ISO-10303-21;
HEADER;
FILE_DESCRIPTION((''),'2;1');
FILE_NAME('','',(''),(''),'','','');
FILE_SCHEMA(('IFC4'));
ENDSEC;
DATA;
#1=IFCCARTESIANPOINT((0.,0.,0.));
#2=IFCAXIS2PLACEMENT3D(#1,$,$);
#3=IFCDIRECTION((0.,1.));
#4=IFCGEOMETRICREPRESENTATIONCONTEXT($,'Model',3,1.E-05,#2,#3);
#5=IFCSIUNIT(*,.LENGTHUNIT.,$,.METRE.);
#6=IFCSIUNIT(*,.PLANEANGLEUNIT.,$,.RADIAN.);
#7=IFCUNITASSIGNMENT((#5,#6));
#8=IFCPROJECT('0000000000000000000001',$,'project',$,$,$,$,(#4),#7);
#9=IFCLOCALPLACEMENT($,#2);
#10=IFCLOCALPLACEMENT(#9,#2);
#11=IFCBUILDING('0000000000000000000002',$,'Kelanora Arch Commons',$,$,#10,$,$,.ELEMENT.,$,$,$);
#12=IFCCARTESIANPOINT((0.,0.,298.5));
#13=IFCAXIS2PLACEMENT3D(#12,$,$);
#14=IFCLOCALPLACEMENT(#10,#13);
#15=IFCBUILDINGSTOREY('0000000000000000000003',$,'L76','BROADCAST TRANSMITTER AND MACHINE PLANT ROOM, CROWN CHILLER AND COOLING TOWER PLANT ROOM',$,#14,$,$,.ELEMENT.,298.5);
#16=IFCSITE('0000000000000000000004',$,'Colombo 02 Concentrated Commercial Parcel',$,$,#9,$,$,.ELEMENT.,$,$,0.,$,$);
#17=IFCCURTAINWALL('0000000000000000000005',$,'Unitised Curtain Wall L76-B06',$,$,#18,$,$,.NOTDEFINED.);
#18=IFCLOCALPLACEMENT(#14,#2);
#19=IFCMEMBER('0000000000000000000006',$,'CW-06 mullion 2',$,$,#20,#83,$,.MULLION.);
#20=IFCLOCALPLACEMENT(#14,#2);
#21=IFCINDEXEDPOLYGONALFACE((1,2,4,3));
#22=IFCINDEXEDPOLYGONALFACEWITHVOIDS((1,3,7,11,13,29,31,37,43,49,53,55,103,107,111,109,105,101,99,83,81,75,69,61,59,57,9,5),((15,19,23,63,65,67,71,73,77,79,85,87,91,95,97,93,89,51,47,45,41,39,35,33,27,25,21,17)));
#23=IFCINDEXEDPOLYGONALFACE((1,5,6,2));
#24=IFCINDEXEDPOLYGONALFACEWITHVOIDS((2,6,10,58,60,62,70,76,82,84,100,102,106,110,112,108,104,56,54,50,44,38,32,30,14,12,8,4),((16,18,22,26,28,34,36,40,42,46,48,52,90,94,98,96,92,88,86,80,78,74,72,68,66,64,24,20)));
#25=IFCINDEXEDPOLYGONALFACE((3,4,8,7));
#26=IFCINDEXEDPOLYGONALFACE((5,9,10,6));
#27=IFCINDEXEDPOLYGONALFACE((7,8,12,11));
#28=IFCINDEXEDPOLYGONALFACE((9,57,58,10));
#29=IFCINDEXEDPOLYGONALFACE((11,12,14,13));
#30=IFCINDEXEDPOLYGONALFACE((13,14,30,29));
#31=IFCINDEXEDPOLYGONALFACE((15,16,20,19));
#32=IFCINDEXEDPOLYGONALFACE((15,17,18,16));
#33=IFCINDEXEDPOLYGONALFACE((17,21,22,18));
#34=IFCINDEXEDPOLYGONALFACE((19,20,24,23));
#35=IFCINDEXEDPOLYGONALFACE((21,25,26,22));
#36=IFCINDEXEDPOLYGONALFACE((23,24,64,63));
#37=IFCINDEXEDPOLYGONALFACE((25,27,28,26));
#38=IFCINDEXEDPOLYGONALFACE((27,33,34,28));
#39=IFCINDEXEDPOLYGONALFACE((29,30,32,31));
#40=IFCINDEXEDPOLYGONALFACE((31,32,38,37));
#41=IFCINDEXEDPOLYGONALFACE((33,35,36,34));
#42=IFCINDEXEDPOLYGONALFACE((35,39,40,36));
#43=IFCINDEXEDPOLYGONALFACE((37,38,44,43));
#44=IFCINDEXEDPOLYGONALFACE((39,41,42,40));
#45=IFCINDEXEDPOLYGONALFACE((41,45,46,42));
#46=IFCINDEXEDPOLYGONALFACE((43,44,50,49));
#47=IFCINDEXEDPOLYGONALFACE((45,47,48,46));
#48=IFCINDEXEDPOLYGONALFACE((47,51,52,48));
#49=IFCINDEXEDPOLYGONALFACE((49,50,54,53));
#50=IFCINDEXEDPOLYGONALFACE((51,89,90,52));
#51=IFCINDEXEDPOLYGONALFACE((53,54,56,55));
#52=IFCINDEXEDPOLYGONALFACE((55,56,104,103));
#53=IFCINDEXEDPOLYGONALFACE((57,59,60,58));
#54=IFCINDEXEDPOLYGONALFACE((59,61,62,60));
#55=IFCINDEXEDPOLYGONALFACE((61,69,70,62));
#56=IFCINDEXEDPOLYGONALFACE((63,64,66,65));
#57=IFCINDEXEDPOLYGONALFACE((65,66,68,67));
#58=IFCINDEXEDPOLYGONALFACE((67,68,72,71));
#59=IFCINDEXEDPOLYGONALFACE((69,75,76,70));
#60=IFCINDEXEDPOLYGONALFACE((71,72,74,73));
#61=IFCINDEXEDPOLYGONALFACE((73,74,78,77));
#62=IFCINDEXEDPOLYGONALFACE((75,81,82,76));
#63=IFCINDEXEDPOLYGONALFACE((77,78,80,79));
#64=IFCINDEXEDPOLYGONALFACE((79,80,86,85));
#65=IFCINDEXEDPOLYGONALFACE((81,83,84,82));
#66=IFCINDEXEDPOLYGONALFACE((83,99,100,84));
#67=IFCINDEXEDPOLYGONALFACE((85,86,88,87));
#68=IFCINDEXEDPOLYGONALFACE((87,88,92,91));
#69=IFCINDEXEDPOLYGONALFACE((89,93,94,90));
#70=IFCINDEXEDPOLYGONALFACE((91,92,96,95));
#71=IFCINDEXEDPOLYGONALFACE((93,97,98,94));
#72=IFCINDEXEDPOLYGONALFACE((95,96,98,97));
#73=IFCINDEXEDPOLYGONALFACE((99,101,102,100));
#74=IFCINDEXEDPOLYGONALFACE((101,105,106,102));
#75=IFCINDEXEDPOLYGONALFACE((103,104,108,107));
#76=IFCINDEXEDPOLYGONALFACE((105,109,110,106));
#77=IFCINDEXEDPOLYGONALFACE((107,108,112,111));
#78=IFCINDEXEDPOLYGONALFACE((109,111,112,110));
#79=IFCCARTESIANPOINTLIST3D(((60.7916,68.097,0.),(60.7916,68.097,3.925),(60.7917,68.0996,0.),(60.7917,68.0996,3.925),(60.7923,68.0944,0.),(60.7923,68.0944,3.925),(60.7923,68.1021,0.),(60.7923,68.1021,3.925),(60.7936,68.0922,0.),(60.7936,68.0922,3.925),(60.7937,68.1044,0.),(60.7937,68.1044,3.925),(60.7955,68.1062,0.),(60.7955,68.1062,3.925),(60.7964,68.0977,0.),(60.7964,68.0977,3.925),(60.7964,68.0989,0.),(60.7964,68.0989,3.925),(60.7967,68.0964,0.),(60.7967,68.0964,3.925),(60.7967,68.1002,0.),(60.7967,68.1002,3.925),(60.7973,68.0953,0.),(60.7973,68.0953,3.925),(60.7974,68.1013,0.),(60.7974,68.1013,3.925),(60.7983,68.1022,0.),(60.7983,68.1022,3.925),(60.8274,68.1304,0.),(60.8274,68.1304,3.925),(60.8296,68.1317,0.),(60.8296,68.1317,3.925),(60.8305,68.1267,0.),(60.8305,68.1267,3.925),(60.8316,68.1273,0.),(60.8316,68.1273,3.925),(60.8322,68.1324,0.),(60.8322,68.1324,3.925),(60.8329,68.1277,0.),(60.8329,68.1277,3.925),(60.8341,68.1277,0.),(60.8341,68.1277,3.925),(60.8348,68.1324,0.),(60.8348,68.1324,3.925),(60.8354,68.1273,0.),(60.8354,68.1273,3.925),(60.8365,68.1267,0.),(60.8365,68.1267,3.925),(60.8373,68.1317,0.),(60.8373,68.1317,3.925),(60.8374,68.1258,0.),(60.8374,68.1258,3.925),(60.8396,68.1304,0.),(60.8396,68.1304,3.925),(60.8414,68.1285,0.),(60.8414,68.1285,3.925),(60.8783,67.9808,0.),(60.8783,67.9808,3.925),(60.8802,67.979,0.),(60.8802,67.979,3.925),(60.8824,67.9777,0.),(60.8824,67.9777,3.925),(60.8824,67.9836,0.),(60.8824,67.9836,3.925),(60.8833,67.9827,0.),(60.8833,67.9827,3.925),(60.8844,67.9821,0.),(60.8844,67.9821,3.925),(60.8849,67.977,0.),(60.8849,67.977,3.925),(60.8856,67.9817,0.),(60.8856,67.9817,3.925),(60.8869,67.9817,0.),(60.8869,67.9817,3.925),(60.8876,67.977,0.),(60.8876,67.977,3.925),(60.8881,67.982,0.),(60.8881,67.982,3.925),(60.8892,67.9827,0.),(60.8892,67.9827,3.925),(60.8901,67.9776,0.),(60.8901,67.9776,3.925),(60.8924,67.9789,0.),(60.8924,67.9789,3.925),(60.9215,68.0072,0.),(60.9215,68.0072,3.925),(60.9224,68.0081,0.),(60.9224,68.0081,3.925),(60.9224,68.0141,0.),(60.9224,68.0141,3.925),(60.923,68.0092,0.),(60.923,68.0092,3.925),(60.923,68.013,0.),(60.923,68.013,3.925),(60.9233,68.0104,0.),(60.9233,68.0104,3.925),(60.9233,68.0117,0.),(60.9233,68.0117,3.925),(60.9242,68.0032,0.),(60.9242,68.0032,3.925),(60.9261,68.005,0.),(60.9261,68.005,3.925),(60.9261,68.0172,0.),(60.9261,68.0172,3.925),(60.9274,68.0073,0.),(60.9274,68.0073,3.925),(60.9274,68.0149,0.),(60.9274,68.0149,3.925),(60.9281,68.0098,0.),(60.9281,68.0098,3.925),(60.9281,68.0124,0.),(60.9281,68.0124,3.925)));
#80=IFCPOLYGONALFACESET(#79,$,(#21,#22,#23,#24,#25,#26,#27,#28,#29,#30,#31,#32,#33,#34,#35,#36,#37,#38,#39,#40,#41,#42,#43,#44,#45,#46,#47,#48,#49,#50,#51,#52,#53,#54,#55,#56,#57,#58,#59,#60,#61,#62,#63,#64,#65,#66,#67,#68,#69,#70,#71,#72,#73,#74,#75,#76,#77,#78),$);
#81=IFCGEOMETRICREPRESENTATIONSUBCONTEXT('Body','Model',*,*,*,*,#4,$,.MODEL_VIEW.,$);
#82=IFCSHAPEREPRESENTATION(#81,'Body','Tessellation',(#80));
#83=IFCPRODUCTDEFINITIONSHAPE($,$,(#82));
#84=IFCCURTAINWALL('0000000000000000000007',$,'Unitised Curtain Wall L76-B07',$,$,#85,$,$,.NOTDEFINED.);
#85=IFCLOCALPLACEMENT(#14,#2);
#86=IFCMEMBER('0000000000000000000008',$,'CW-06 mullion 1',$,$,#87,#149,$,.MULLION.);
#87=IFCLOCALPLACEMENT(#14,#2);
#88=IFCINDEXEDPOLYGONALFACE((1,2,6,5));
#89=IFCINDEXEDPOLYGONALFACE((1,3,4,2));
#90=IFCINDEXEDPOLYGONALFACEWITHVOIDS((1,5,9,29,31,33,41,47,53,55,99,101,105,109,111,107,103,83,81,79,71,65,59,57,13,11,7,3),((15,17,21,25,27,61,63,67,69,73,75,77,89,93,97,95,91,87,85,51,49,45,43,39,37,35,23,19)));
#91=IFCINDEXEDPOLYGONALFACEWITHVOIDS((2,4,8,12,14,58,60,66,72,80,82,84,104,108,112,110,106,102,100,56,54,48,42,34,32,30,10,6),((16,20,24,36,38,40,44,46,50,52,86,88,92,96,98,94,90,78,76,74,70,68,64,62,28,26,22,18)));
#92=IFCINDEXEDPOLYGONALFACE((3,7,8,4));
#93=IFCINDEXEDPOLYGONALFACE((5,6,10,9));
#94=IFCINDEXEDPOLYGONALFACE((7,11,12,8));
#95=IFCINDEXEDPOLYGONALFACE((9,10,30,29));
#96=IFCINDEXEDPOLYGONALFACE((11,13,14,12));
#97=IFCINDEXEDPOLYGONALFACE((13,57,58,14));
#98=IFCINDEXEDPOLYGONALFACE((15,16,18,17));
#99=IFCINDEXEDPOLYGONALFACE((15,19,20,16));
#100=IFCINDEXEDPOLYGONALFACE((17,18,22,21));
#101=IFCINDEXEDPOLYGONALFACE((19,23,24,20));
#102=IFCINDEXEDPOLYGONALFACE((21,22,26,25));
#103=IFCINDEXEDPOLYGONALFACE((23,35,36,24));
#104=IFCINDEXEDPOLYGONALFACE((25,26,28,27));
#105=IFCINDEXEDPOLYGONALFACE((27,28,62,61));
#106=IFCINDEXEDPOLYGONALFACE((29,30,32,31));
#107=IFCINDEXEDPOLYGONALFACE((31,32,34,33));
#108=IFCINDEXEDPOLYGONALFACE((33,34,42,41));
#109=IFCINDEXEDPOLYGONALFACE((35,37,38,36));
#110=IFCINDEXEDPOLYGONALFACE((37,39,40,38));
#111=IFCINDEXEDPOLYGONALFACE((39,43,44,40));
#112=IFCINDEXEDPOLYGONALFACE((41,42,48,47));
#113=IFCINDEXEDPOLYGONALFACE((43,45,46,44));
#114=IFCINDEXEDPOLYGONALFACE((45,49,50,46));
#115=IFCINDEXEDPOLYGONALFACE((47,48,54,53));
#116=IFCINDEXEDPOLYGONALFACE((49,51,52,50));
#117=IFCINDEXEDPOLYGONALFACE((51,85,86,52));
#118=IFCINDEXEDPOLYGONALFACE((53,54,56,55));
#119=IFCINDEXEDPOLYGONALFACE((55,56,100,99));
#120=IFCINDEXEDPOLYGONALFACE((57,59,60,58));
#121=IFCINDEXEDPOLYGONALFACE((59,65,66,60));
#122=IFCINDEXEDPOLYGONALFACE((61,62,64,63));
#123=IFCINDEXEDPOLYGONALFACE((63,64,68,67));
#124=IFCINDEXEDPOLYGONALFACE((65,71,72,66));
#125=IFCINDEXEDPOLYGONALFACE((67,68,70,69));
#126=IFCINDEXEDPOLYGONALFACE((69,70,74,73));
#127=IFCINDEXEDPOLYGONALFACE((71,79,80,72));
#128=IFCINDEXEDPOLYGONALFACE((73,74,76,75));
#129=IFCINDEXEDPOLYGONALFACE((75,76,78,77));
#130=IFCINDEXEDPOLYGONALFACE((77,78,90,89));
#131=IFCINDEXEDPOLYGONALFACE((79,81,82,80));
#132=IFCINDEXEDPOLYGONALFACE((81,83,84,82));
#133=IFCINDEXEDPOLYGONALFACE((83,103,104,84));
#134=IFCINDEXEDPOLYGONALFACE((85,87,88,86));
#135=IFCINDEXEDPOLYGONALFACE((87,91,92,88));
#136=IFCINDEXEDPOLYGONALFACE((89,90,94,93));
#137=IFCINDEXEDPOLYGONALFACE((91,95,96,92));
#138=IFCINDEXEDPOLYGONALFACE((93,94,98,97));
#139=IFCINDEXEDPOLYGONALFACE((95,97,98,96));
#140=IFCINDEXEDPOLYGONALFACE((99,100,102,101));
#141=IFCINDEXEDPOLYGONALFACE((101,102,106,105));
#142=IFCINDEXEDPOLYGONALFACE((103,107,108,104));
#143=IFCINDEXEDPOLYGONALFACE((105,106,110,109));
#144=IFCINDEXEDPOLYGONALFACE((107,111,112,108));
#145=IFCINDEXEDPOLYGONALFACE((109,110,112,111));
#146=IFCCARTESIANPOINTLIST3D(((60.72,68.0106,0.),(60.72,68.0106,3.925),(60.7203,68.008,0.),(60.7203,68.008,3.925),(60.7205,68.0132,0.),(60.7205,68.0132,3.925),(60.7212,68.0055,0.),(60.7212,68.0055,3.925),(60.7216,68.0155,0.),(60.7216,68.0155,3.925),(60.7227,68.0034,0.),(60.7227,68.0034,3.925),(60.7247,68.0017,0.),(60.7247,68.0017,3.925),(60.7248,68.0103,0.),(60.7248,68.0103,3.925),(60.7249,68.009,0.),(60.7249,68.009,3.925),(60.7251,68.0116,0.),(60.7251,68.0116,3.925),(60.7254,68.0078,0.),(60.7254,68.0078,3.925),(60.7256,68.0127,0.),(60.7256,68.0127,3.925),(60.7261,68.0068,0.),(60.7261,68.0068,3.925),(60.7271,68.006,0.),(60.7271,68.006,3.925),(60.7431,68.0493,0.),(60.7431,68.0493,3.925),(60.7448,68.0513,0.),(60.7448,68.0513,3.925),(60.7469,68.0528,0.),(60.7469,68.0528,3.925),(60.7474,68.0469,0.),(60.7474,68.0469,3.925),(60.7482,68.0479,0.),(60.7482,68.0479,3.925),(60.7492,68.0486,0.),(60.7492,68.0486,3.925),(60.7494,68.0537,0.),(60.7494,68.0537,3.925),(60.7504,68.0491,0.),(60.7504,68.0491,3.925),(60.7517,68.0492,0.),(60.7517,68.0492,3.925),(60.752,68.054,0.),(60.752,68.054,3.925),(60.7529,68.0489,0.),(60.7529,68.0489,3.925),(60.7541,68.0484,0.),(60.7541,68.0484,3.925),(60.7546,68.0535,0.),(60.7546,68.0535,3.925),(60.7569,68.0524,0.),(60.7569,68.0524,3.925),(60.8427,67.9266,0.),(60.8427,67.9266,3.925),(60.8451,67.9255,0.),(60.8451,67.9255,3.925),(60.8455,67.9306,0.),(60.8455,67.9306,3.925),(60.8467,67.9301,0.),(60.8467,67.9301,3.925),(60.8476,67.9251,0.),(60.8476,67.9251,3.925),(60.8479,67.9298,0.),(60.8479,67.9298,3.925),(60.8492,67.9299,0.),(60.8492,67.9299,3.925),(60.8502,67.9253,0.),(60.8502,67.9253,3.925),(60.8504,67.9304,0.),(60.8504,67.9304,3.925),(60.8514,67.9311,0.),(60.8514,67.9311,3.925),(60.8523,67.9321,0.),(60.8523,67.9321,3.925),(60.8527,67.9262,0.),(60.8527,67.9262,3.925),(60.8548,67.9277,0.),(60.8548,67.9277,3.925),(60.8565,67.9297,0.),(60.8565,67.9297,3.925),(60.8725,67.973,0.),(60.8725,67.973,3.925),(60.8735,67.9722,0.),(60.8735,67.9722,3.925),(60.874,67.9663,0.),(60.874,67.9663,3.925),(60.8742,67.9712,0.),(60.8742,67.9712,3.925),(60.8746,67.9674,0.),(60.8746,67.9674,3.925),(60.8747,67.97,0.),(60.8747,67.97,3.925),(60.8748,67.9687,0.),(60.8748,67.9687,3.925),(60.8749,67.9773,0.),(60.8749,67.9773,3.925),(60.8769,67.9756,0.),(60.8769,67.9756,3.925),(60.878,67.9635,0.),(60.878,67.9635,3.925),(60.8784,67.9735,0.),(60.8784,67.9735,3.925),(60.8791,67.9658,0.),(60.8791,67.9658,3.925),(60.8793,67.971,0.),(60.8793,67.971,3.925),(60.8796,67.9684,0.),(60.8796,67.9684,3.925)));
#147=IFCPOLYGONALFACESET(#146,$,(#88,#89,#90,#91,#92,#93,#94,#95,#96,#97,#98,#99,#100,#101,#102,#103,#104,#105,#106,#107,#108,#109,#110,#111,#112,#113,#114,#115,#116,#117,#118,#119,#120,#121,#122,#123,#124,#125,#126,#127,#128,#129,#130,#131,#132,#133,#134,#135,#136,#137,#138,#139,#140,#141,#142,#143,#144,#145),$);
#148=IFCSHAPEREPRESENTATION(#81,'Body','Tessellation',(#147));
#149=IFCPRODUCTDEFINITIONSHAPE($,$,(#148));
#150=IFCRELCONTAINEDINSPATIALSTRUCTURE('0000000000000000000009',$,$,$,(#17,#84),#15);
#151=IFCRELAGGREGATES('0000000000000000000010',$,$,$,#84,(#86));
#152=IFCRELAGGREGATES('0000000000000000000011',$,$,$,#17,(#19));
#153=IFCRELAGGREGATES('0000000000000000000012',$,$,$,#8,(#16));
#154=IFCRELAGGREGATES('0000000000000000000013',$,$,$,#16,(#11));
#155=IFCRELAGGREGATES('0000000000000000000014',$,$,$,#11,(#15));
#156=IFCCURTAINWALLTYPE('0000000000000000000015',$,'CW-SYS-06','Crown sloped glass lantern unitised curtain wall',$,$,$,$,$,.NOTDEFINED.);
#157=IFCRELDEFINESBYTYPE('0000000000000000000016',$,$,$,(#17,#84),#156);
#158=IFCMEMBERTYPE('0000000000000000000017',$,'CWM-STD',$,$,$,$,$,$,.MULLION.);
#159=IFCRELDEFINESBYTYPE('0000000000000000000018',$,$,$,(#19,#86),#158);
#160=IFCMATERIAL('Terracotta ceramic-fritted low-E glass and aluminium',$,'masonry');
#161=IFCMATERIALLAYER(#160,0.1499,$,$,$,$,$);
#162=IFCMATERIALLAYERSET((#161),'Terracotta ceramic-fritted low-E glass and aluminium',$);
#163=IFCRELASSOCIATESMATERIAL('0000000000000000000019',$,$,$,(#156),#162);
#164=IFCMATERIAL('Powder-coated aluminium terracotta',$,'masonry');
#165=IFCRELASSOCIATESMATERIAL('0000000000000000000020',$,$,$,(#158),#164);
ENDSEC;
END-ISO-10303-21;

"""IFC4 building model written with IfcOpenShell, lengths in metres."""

from ifc_helpers import new_model, si_unit, direction, frame, origin, origin_2d, place, context, subcontext, project, spatial, hollow_rectangle, extrude, material, layer, layer_set, material_profile, profile_set, type_object, element, aggregate, save


model = new_model("IFC4")

# Units and contexts
model_context = context("Model", 3, precision=1e-05, world=origin(), true_north=direction((0.0, 1.0)))
body_context = subcontext(model_context, "Body", "Model", "MODEL_VIEW")
ifc_project = project(units=[si_unit("LENGTHUNIT", "METRE"), si_unit("PLANEANGLEUNIT", "RADIAN")], contexts=[model_context])

# Site, building, storey
site_placement = place(None, origin())
site = spatial("IfcSite", under=ifc_project, at=site_placement, Name="Colombo 02 Concentrated Commercial Parcel", CompositionType="ELEMENT", RefElevation=0.0)
building_placement = place(site_placement, origin())
building = spatial("IfcBuilding", under=site, at=building_placement, Name="Kelanora Arch Commons", CompositionType="ELEMENT")
storey_placement = place(building_placement, frame((0.0, 0.0, 298.5)))
storey = spatial("IfcBuildingStorey", under=building, at=storey_placement, Name="L76", Description="BROADCAST TRANSMITTER AND MACHINE PLANT ROOM, CROWN CHILLER AND COOLING TOWER PLANT ROOM", CompositionType="ELEMENT", Elevation=298.5)

# Shared definitions
ifc_material_1 = material(Name="Terracotta ceramic-fritted low-E glass and aluminium", Category="masonry")
ifc_layer_1 = layer(ifc_material_1, 0.1499)
ifc_layer_set_1 = layer_set([ifc_layer_1], Name="Terracotta ceramic-fritted low-E glass and aluminium")
curtain_wall_type = type_object("IfcCurtainWallType", Name="CW-SYS-06", Description="Crown sloped glass lantern unitised curtain wall", PredefinedType="NOTDEFINED", material=ifc_layer_set_1)
ifc_material_2 = material(Name="Powder-coated aluminium terracotta", Category="masonry")
ifc_material_profile_1 = material_profile(ifc_material_2, hollow_rectangle(XDim=0.1599, YDim=0.0601, WallThickness=0.0049, InnerFilletRadius=0.0049, OuterFilletRadius=0.01, at=origin_2d()), Name="CWM160x60")
ifc_profile_set_1 = profile_set([ifc_material_profile_1], Name="Powder-coated aluminium terracotta")
member_type_1 = type_object("IfcMemberType", Name="CWM-STD", PredefinedType="MULLION", material=ifc_profile_set_1)

# Curtain wall, member
curtain_wall_1_placement = place(storey_placement, origin())
curtain_wall_1 = element("IfcCurtainWall", 1, at=curtain_wall_1_placement, inside=storey, type_object=curtain_wall_type, Name="Unitised Curtain Wall L76-B06", PredefinedType="NOTDEFINED")
member_1_placement = place(storey_placement, frame((60.8599, 68.0547, 0.0), z_axis=(0.0, 0.0, 1.0), x_axis=(0.605596, -0.795772, 0.0)))
member_1 = element("IfcMember", 2, at=member_1_placement, type_object=member_type_1, Name="CW-06 mullion 2", PredefinedType="MULLION", context=body_context, shape_type="SweptSolid", body=[
    extrude(hollow_rectangle(XDim=0.1599, YDim=0.0601, WallThickness=0.0049, InnerFilletRadius=0.0049, OuterFilletRadius=0.01, at=origin_2d()), origin(), (0.0, 0.0, 1.0), 3.925),
])

# Curtain wall, member
curtain_wall_2_placement = place(storey_placement, origin())
curtain_wall_2 = element("IfcCurtainWall", 3, at=curtain_wall_2_placement, inside=storey, type_object=curtain_wall_type, Name="Unitised Curtain Wall L76-B07", PredefinedType="NOTDEFINED")
member_2_placement = place(storey_placement, frame((60.7998, 67.9895, 0.0), z_axis=(0.0, 0.0, 1.0), x_axis=(0.843592, -0.536984, 0.0)))
member_2 = element("IfcMember", 4, at=member_2_placement, type_object=member_type_1, Name="CW-06 mullion 1", PredefinedType="MULLION", context=body_context, shape_type="SweptSolid", body=[
    extrude(hollow_rectangle(XDim=0.1599, YDim=0.0601, WallThickness=0.0049, InnerFilletRadius=0.0049, OuterFilletRadius=0.01, at=origin_2d()), origin(), (0.0, 0.0, 1.0), 3.925),
])

aggregate(curtain_wall_2, [member_2])
aggregate(curtain_wall_1, [member_1])

save(model, "model.ifc")
